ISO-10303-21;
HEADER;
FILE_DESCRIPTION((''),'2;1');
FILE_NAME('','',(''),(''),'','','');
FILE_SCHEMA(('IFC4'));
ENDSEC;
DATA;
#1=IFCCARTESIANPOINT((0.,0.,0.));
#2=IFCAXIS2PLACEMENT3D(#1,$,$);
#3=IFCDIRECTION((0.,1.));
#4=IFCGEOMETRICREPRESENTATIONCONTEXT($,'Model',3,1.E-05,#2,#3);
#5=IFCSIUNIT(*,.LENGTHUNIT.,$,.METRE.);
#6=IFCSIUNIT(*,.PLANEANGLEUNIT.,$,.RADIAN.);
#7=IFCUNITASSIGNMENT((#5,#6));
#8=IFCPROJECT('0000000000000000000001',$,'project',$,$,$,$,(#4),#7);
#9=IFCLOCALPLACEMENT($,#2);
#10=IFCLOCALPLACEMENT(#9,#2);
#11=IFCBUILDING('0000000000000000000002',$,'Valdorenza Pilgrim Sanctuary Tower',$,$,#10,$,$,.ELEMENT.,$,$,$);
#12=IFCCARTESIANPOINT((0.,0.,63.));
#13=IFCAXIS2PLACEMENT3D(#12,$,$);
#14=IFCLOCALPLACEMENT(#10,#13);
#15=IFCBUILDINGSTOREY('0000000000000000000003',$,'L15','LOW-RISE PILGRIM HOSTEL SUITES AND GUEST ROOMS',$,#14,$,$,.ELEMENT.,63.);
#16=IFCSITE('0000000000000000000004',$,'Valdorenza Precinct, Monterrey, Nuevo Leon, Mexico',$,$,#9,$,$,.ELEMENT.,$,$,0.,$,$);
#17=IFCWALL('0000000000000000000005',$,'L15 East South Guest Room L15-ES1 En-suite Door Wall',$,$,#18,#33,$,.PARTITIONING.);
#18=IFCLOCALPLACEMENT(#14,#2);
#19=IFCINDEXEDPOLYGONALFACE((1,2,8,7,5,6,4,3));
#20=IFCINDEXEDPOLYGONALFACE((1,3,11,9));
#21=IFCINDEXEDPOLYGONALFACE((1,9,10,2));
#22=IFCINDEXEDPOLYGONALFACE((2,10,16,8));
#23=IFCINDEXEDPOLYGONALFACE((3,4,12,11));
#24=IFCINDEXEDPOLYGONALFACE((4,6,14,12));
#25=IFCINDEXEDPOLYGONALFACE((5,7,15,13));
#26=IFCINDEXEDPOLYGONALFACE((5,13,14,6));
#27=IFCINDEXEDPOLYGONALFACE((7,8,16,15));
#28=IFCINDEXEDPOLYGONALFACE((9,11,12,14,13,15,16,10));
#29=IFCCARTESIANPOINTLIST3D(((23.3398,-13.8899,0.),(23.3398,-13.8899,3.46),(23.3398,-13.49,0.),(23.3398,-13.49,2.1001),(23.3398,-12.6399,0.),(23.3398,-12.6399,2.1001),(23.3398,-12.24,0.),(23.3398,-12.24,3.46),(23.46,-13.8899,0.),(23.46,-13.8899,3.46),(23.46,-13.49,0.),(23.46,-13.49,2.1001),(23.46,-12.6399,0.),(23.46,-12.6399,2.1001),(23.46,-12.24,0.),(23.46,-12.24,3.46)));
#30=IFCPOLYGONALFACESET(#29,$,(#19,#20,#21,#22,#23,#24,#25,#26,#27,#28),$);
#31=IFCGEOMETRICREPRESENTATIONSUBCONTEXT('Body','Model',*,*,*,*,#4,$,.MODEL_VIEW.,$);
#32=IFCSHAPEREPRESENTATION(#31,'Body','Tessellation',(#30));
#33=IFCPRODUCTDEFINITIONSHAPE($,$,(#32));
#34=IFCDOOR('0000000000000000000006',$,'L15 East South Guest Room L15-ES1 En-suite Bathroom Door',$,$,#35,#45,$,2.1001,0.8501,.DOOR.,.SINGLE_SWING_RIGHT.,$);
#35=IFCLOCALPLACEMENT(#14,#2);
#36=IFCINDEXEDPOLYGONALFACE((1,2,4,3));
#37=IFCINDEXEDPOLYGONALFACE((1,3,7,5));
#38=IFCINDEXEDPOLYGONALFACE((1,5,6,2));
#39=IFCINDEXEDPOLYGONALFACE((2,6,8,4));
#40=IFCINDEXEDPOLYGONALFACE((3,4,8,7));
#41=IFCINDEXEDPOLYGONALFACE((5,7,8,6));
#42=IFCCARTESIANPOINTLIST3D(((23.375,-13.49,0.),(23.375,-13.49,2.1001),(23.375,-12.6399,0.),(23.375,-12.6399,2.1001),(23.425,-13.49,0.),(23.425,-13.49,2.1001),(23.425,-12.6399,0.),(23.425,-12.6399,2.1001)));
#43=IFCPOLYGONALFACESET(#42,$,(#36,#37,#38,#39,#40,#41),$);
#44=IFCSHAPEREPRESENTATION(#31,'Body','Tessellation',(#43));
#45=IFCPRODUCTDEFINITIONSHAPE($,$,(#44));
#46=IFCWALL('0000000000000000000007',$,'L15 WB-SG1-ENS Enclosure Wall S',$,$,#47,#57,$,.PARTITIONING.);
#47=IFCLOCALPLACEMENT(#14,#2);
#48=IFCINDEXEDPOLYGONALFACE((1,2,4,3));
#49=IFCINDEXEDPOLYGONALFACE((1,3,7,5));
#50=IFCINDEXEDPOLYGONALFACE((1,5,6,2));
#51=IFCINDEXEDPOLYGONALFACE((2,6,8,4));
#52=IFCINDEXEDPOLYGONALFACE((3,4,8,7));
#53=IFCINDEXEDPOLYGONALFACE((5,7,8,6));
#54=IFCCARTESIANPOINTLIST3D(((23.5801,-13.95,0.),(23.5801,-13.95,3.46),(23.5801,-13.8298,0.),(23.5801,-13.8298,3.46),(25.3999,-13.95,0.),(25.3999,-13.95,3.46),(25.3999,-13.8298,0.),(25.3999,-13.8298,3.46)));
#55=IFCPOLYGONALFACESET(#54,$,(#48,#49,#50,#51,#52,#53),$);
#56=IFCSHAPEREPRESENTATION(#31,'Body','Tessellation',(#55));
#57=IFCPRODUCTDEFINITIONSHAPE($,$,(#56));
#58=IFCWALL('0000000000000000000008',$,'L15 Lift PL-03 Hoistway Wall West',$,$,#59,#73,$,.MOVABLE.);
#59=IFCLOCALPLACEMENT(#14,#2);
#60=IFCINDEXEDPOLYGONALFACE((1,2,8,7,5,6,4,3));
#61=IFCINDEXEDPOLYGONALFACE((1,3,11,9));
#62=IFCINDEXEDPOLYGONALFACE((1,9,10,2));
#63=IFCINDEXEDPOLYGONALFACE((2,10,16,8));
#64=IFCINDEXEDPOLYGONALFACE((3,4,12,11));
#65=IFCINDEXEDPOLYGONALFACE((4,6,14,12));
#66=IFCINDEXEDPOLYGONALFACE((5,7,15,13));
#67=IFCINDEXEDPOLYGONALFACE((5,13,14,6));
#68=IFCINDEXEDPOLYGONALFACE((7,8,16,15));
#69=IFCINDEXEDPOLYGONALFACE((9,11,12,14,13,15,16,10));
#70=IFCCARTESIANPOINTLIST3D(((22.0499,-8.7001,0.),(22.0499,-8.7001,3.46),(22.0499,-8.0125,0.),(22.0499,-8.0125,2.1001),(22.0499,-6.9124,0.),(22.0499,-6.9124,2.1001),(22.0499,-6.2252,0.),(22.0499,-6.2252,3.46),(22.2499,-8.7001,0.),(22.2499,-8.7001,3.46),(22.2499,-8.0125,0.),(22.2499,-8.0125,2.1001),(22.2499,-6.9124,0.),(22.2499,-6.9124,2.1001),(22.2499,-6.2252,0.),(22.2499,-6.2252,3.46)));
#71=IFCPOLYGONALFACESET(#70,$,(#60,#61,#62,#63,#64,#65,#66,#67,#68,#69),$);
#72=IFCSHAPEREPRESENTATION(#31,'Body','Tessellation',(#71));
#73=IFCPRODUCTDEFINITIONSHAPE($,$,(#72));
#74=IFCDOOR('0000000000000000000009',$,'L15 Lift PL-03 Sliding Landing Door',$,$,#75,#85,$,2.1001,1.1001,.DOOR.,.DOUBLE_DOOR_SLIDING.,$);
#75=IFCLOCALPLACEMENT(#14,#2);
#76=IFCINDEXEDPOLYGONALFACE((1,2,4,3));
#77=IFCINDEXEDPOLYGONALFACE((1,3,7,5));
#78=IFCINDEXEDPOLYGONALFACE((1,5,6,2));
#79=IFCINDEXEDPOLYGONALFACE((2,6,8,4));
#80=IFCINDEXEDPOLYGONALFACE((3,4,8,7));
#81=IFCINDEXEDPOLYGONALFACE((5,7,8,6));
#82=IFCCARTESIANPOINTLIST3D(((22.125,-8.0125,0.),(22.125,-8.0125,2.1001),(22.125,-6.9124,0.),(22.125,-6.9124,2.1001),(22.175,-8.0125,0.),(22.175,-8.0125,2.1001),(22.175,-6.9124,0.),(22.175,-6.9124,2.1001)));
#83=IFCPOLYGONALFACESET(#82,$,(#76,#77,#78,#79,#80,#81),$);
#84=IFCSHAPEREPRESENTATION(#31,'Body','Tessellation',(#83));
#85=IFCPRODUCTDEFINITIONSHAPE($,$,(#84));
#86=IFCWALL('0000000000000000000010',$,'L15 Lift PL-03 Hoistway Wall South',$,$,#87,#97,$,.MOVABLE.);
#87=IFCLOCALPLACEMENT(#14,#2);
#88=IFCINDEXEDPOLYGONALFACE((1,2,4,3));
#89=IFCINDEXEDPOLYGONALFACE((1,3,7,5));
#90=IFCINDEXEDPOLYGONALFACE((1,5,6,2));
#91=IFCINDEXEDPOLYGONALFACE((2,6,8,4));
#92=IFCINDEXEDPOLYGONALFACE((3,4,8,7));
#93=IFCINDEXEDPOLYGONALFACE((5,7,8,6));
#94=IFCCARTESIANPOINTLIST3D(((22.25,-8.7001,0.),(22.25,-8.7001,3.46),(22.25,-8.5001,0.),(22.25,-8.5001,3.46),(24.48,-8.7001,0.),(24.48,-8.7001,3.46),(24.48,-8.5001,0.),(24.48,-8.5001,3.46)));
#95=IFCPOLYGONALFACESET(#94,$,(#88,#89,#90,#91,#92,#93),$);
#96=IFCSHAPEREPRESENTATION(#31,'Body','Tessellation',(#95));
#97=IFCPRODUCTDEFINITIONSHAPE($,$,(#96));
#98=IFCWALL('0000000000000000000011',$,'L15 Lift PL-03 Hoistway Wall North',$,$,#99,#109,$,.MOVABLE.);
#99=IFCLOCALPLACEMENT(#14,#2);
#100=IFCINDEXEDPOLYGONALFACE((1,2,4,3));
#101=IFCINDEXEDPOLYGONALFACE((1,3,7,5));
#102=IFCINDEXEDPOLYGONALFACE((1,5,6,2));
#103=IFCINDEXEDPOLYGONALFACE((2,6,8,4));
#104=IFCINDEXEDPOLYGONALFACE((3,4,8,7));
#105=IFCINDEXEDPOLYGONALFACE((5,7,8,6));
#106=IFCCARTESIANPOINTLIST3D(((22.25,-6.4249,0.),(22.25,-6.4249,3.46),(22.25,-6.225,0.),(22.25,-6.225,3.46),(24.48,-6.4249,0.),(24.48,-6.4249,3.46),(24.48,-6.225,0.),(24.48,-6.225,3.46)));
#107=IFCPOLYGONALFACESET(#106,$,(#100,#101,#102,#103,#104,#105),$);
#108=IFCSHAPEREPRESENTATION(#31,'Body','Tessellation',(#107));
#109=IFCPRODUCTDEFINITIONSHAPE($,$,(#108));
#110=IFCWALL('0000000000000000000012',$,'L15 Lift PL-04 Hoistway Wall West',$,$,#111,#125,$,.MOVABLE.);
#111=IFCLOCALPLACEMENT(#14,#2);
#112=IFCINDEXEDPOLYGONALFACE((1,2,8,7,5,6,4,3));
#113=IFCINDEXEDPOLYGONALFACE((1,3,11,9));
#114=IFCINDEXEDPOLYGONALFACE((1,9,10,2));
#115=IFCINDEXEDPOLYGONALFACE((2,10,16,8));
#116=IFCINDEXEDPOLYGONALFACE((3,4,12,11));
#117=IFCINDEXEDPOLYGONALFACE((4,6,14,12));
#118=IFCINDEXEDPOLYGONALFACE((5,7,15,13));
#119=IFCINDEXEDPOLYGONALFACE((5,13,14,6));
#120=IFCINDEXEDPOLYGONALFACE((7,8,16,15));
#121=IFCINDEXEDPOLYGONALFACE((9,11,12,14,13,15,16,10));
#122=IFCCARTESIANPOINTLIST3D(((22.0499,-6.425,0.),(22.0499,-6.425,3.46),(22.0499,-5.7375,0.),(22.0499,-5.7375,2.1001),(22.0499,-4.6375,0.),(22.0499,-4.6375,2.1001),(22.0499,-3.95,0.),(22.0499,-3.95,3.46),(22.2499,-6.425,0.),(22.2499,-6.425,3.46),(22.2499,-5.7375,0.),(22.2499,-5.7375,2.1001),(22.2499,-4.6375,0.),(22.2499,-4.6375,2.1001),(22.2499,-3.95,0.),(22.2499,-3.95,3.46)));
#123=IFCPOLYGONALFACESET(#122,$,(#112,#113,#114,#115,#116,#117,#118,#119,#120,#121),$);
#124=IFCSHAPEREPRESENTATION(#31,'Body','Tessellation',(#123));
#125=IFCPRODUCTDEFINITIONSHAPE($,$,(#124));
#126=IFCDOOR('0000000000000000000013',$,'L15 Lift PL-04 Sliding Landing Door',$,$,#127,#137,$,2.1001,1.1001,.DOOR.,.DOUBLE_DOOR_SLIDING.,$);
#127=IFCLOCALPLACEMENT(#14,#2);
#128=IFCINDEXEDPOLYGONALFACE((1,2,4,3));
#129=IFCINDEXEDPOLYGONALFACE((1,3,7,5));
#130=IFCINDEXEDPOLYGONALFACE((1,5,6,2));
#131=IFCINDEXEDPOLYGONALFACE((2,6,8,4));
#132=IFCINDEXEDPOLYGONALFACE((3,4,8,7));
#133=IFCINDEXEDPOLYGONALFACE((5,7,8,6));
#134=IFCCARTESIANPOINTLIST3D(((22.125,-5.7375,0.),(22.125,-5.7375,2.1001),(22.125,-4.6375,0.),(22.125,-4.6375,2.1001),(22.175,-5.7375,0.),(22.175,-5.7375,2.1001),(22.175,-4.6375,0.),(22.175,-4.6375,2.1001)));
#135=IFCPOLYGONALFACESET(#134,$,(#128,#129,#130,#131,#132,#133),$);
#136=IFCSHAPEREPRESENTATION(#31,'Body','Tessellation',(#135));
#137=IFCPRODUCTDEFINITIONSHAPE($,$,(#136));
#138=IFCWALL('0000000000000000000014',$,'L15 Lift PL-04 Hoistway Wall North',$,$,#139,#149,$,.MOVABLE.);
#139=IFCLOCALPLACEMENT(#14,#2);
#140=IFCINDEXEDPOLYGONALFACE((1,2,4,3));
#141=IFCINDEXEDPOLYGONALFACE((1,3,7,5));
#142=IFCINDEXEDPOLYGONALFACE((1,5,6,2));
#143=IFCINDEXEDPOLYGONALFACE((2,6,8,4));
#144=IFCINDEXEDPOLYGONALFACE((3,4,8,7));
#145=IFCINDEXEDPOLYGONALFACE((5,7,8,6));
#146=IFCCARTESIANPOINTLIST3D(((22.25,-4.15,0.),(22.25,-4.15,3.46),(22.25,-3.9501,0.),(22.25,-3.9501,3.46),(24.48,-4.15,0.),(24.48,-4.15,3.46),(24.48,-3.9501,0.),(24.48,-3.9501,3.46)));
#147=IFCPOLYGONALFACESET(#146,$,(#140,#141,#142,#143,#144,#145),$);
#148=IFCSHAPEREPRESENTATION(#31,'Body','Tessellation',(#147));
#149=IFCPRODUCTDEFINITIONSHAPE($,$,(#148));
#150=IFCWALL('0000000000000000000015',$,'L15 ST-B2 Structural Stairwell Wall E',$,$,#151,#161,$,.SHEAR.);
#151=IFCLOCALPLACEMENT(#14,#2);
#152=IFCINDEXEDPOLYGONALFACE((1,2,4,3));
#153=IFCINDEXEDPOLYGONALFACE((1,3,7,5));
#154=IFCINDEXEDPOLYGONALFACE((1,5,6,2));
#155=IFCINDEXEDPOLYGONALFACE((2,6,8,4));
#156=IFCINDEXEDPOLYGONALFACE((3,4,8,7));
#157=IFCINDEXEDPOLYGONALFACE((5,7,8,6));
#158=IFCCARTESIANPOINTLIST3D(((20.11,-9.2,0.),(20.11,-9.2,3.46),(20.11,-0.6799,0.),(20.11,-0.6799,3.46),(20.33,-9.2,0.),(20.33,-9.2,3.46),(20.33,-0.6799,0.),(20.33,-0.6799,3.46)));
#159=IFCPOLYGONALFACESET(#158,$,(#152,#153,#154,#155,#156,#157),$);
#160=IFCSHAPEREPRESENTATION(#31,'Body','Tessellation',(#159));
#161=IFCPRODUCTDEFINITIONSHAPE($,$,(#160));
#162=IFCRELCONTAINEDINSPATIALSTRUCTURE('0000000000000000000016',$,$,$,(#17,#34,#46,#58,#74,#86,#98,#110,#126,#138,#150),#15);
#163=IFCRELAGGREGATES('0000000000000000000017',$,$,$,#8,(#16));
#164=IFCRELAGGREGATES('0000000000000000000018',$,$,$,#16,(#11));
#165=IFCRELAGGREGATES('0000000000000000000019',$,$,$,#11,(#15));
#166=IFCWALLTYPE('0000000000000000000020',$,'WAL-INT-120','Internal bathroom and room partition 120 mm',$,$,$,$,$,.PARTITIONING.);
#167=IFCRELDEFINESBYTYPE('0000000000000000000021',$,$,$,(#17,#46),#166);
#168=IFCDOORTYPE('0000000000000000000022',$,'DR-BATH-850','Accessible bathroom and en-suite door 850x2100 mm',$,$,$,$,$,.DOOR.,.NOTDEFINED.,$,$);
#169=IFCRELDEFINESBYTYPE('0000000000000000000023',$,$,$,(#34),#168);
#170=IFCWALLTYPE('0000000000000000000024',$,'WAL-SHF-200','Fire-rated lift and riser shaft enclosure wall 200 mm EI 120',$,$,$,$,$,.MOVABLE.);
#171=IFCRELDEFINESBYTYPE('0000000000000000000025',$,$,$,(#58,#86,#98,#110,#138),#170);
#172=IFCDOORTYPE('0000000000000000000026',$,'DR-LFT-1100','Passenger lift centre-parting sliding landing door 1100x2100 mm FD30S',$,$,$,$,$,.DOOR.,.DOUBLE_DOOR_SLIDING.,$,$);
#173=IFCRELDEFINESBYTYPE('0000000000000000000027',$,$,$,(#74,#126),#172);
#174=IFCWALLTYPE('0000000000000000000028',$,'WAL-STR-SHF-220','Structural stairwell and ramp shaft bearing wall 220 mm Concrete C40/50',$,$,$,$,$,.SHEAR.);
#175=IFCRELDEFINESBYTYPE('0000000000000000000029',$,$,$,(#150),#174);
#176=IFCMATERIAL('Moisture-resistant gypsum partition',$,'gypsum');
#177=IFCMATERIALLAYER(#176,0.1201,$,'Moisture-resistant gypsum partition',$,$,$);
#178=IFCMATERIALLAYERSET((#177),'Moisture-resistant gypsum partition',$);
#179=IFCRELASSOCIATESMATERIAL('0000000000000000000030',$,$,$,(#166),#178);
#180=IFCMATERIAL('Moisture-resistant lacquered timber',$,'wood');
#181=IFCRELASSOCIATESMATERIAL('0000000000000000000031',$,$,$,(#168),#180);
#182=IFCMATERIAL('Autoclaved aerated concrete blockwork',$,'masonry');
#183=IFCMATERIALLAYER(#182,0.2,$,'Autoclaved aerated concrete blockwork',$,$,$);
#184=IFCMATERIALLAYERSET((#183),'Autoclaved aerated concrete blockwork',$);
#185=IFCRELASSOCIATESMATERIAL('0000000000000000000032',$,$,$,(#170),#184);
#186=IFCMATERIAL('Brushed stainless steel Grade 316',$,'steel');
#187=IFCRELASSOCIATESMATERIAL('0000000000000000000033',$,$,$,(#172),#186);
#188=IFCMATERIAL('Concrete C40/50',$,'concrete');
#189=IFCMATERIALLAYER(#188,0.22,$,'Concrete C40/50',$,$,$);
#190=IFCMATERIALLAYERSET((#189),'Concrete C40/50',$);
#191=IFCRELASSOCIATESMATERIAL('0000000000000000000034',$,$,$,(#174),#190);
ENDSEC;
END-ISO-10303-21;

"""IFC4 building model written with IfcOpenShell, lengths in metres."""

from ifc_helpers import new_model, si_unit, direction, frame, frame_2d, origin, place, context, subcontext, project, spatial, rectangle, extrude, material, layer, layer_set, type_object, element, fill, save


model = new_model("IFC4")

# Units and contexts
model_context = context("Model", 3, precision=1e-05, world=origin(), true_north=direction((0.0, 1.0)))
body_context = subcontext(model_context, "Body", "Model", "MODEL_VIEW")
ifc_project = project(units=[si_unit("LENGTHUNIT", "METRE"), si_unit("PLANEANGLEUNIT", "RADIAN")], contexts=[model_context])

# Site, building, storey
site_placement = place(None, origin())
site = spatial("IfcSite", under=ifc_project, at=site_placement, Name="Valdorenza Precinct, Monterrey, Nuevo Leon, Mexico", CompositionType="ELEMENT", RefElevation=0.0)
building_placement = place(site_placement, origin())
building = spatial("IfcBuilding", under=site, at=building_placement, Name="Valdorenza Pilgrim Sanctuary Tower", CompositionType="ELEMENT")
storey_placement = place(building_placement, frame((0.0, 0.0, 63.0)))
storey = spatial("IfcBuildingStorey", under=building, at=storey_placement, Name="L15", Description="LOW-RISE PILGRIM HOSTEL SUITES AND GUEST ROOMS", CompositionType="ELEMENT", Elevation=63.0)

# Shared definitions
ifc_material_1 = material(Name="Moisture-resistant gypsum partition", Category="gypsum")
ifc_layer_1 = layer(ifc_material_1, 0.1201, Name="Moisture-resistant gypsum partition")
ifc_layer_set_1 = layer_set([ifc_layer_1], Name="Moisture-resistant gypsum partition")
wall_type_1 = type_object("IfcWallType", Name="WAL-INT-120", Description="Internal bathroom and room partition 120 mm", PredefinedType="PARTITIONING", material=ifc_layer_set_1)

# Wall, opening, door
wall_1_placement = place(storey_placement, frame((23.3999, -13.8899, 0.0), z_axis=(0.0, 0.0, 1.0), x_axis=(0.0, 1.0, 0.0)))
wall_1 = element("IfcWall", 1, at=wall_1_placement, inside=storey, type_object=wall_type_1, Name="L15 East South Guest Room L15-ES1 En-suite Door Wall", PredefinedType="PARTITIONING", context=body_context, shape_type="SweptSolid", body=[
    extrude(rectangle(XDim=1.6499, YDim=0.1201, at=frame_2d((0.825, 0.0))), origin(), (0.0, 0.0, 1.0), 3.46),
])
opening_1_placement = place(wall_1_placement, frame((0.3999, 0.0, 0.0)))
opening_1 = element("IfcOpeningElement", 2, at=opening_1_placement, cuts=wall_1, PredefinedType="OPENING", context=body_context, shape_type="SweptSolid", body=[
    extrude(rectangle(XDim=0.8501, YDim=2.1001, at=frame_2d((0.425, 1.05))), frame((0.0, 0.075, 0.0), z_axis=(0.0, -1.0, 0.0), x_axis=(1.0, 0.0, 0.0)), (0.0, 0.0, 1.0), 0.1499),
])
ifc_material_2 = material(Name="Moisture-resistant lacquered timber", Category="wood")
door_type_1 = type_object("IfcDoorType", Name="DR-BATH-850", Description="Accessible bathroom and en-suite door 850x2100 mm", OperationType="NOTDEFINED", PredefinedType="DOOR", material=ifc_material_2)
door_1_placement = place(opening_1_placement, origin())
door_1 = element("IfcDoor", 3, at=door_1_placement, inside=storey, type_object=door_type_1, Name="L15 East South Guest Room L15-ES1 En-suite Bathroom Door", OperationType="SINGLE_SWING_RIGHT", OverallHeight=2.1001, OverallWidth=0.8501, PredefinedType="DOOR", context=body_context, shape_type="SweptSolid", body=[
    extrude(rectangle(XDim=0.8501, YDim=2.1001, at=frame_2d((0.425, 1.05))), frame((0.0, 0.0249, 0.0), z_axis=(0.0, -1.0, 0.0), x_axis=(1.0, 0.0, 0.0)), (0.0, 0.0, 1.0), 0.05),
])
fill(opening_1, door_1)

# Wall
wall_2_placement = place(storey_placement, frame((23.5801, -13.8899, 0.0), z_axis=(0.0, 0.0, 1.0), x_axis=(1.0, 0.0, 0.0)))
element("IfcWall", 4, at=wall_2_placement, inside=storey, type_object=wall_type_1, Name="L15 WB-SG1-ENS Enclosure Wall S", PredefinedType="PARTITIONING", context=body_context, shape_type="SweptSolid", body=[
    extrude(rectangle(XDim=1.8198, YDim=0.1201, at=frame_2d((0.9099, 0.0))), origin(), (0.0, 0.0, 1.0), 3.46),
])

# Wall, opening, door
ifc_material_3 = material(Name="Autoclaved aerated concrete blockwork", Category="masonry")
ifc_layer_2 = layer(ifc_material_3, 0.2, Name="Autoclaved aerated concrete blockwork")
ifc_layer_set_2 = layer_set([ifc_layer_2], Name="Autoclaved aerated concrete blockwork")
wall_type_2 = type_object("IfcWallType", Name="WAL-SHF-200", Description="Fire-rated lift and riser shaft enclosure wall 200 mm EI 120", PredefinedType="MOVABLE", material=ifc_layer_set_2)
wall_3_placement = place(storey_placement, frame((22.1499, -8.7, 0.0), z_axis=(0.0, 0.0, 1.0), x_axis=(0.0, 1.0, 0.0)))
wall_3 = element("IfcWall", 5, at=wall_3_placement, inside=storey, type_object=wall_type_2, Name="L15 Lift PL-03 Hoistway Wall West", PredefinedType="MOVABLE", context=body_context, shape_type="SweptSolid", body=[
    extrude(rectangle(XDim=2.4749, YDim=0.2, at=frame_2d((1.2373, 0.0))), origin(), (0.0, 0.0, 1.0), 3.46),
])
opening_2_placement = place(wall_3_placement, frame((0.6875, 0.0, 0.0)))
opening_2 = element("IfcOpeningElement", 6, at=opening_2_placement, cuts=wall_3, PredefinedType="OPENING", context=body_context, shape_type="SweptSolid", body=[
    extrude(rectangle(XDim=1.1001, YDim=2.1001, at=frame_2d((0.55, 1.05))), frame((0.0, 0.1147, 0.0), z_axis=(0.0, -1.0, 0.0), x_axis=(1.0, 0.0, 0.0)), (0.0, 0.0, 1.0), 0.2297),
])
ifc_material_4 = material(Name="Brushed stainless steel Grade 316", Category="steel")
door_type_2 = type_object("IfcDoorType", Name="DR-LFT-1100", Description="Passenger lift centre-parting sliding landing door 1100x2100 mm FD30S", OperationType="DOUBLE_DOOR_SLIDING", PredefinedType="DOOR", material=ifc_material_4)
door_2_placement = place(opening_2_placement, origin())
door_2 = element("IfcDoor", 7, at=door_2_placement, inside=storey, type_object=door_type_2, Name="L15 Lift PL-03 Sliding Landing Door", OperationType="DOUBLE_DOOR_SLIDING", OverallHeight=2.1001, OverallWidth=1.1001, PredefinedType="DOOR", context=body_context, shape_type="SweptSolid", body=[
    extrude(rectangle(XDim=1.1001, YDim=2.1001, at=frame_2d((0.55, 1.05))), frame((0.0, 0.0249, 0.0), z_axis=(0.0, -1.0, 0.0), x_axis=(1.0, 0.0, 0.0)), (0.0, 0.0, 1.0), 0.05),
])
fill(opening_2, door_2)

# Walls
for number, where, z_axis, x_axis, name in (
    (8, (22.25, -8.6001, 0.0), (0.0, 0.0, 1.0), (1.0, 0.0, 0.0), "L15 Lift PL-03 Hoistway Wall South"),
    (9, (22.25, -6.325, 0.0), (0.0, 0.0, 1.0), (1.0, 0.0, 0.0), "L15 Lift PL-03 Hoistway Wall North"),
):
    element("IfcWall", number, at=place(storey_placement, frame(where, z_axis=z_axis, x_axis=x_axis)), inside=storey, type_object=wall_type_2, Name=name, PredefinedType="MOVABLE", context=body_context, shape_type="SweptSolid", body=[
        extrude(rectangle(XDim=2.23, YDim=0.2, at=frame_2d((1.115, 0.0))), origin(), (0.0, 0.0, 1.0), 3.46),
    ])

# Wall, opening, door
wall_4_placement = place(storey_placement, frame((22.1499, -6.425, 0.0), z_axis=(0.0, 0.0, 1.0), x_axis=(0.0, 1.0, 0.0)))
wall_4 = element("IfcWall", 10, at=wall_4_placement, inside=storey, type_object=wall_type_2, Name="L15 Lift PL-04 Hoistway Wall West", PredefinedType="MOVABLE", context=body_context, shape_type="SweptSolid", body=[
    extrude(rectangle(XDim=2.4751, YDim=0.2, at=frame_2d((1.2375, 0.0))), origin(), (0.0, 0.0, 1.0), 3.46),
])
opening_3_placement = place(wall_4_placement, frame((0.6875, 0.0, 0.0)))
opening_3 = element("IfcOpeningElement", 11, at=opening_3_placement, cuts=wall_4, PredefinedType="OPENING", context=body_context, shape_type="SweptSolid", body=[
    extrude(rectangle(XDim=1.1001, YDim=2.1001, at=frame_2d((0.55, 1.05))), frame((0.0, 0.1147, 0.0), z_axis=(0.0, -1.0, 0.0), x_axis=(1.0, 0.0, 0.0)), (0.0, 0.0, 1.0), 0.2297),
])
door_3_placement = place(opening_3_placement, origin())
door_3 = element("IfcDoor", 12, at=door_3_placement, inside=storey, type_object=door_type_2, Name="L15 Lift PL-04 Sliding Landing Door", OperationType="DOUBLE_DOOR_SLIDING", OverallHeight=2.1001, OverallWidth=1.1001, PredefinedType="DOOR", context=body_context, shape_type="SweptSolid", body=[
    extrude(rectangle(XDim=1.1001, YDim=2.1001, at=frame_2d((0.55, 1.05))), frame((0.0, 0.0249, 0.0), z_axis=(0.0, -1.0, 0.0), x_axis=(1.0, 0.0, 0.0)), (0.0, 0.0, 1.0), 0.05),
])
fill(opening_3, door_3)

# Walls
wall_5_placement = place(storey_placement, frame((22.25, -4.05, 0.0), z_axis=(0.0, 0.0, 1.0), x_axis=(1.0, 0.0, 0.0)))
element("IfcWall", 13, at=wall_5_placement, inside=storey, type_object=wall_type_2, Name="L15 Lift PL-04 Hoistway Wall North", PredefinedType="MOVABLE", context=body_context, shape_type="SweptSolid", body=[
    extrude(rectangle(XDim=2.23, YDim=0.2, at=frame_2d((1.115, 0.0))), origin(), (0.0, 0.0, 1.0), 3.46),
])
ifc_material_5 = material(Name="Concrete C40/50", Category="concrete")
ifc_layer_3 = layer(ifc_material_5, 0.22, Name="Concrete C40/50")
ifc_layer_set_3 = layer_set([ifc_layer_3], Name="Concrete C40/50")
wall_type_3 = type_object("IfcWallType", Name="WAL-STR-SHF-220", Description="Structural stairwell and ramp shaft bearing wall 220 mm Concrete C40/50", PredefinedType="SHEAR", material=ifc_layer_set_3)
wall_6_placement = place(storey_placement, frame((20.22, -9.2, 0.0), z_axis=(0.0, 0.0, 1.0), x_axis=(0.0, 1.0, 0.0)))
element("IfcWall", 14, at=wall_6_placement, inside=storey, type_object=wall_type_3, Name="L15 ST-B2 Structural Stairwell Wall E", PredefinedType="SHEAR", context=body_context, shape_type="SweptSolid", body=[
    extrude(rectangle(XDim=8.52, YDim=0.22, at=frame_2d((4.26, 0.0))), origin(), (0.0, 0.0, 1.0), 3.46),
])

save(model, "model.ifc")
